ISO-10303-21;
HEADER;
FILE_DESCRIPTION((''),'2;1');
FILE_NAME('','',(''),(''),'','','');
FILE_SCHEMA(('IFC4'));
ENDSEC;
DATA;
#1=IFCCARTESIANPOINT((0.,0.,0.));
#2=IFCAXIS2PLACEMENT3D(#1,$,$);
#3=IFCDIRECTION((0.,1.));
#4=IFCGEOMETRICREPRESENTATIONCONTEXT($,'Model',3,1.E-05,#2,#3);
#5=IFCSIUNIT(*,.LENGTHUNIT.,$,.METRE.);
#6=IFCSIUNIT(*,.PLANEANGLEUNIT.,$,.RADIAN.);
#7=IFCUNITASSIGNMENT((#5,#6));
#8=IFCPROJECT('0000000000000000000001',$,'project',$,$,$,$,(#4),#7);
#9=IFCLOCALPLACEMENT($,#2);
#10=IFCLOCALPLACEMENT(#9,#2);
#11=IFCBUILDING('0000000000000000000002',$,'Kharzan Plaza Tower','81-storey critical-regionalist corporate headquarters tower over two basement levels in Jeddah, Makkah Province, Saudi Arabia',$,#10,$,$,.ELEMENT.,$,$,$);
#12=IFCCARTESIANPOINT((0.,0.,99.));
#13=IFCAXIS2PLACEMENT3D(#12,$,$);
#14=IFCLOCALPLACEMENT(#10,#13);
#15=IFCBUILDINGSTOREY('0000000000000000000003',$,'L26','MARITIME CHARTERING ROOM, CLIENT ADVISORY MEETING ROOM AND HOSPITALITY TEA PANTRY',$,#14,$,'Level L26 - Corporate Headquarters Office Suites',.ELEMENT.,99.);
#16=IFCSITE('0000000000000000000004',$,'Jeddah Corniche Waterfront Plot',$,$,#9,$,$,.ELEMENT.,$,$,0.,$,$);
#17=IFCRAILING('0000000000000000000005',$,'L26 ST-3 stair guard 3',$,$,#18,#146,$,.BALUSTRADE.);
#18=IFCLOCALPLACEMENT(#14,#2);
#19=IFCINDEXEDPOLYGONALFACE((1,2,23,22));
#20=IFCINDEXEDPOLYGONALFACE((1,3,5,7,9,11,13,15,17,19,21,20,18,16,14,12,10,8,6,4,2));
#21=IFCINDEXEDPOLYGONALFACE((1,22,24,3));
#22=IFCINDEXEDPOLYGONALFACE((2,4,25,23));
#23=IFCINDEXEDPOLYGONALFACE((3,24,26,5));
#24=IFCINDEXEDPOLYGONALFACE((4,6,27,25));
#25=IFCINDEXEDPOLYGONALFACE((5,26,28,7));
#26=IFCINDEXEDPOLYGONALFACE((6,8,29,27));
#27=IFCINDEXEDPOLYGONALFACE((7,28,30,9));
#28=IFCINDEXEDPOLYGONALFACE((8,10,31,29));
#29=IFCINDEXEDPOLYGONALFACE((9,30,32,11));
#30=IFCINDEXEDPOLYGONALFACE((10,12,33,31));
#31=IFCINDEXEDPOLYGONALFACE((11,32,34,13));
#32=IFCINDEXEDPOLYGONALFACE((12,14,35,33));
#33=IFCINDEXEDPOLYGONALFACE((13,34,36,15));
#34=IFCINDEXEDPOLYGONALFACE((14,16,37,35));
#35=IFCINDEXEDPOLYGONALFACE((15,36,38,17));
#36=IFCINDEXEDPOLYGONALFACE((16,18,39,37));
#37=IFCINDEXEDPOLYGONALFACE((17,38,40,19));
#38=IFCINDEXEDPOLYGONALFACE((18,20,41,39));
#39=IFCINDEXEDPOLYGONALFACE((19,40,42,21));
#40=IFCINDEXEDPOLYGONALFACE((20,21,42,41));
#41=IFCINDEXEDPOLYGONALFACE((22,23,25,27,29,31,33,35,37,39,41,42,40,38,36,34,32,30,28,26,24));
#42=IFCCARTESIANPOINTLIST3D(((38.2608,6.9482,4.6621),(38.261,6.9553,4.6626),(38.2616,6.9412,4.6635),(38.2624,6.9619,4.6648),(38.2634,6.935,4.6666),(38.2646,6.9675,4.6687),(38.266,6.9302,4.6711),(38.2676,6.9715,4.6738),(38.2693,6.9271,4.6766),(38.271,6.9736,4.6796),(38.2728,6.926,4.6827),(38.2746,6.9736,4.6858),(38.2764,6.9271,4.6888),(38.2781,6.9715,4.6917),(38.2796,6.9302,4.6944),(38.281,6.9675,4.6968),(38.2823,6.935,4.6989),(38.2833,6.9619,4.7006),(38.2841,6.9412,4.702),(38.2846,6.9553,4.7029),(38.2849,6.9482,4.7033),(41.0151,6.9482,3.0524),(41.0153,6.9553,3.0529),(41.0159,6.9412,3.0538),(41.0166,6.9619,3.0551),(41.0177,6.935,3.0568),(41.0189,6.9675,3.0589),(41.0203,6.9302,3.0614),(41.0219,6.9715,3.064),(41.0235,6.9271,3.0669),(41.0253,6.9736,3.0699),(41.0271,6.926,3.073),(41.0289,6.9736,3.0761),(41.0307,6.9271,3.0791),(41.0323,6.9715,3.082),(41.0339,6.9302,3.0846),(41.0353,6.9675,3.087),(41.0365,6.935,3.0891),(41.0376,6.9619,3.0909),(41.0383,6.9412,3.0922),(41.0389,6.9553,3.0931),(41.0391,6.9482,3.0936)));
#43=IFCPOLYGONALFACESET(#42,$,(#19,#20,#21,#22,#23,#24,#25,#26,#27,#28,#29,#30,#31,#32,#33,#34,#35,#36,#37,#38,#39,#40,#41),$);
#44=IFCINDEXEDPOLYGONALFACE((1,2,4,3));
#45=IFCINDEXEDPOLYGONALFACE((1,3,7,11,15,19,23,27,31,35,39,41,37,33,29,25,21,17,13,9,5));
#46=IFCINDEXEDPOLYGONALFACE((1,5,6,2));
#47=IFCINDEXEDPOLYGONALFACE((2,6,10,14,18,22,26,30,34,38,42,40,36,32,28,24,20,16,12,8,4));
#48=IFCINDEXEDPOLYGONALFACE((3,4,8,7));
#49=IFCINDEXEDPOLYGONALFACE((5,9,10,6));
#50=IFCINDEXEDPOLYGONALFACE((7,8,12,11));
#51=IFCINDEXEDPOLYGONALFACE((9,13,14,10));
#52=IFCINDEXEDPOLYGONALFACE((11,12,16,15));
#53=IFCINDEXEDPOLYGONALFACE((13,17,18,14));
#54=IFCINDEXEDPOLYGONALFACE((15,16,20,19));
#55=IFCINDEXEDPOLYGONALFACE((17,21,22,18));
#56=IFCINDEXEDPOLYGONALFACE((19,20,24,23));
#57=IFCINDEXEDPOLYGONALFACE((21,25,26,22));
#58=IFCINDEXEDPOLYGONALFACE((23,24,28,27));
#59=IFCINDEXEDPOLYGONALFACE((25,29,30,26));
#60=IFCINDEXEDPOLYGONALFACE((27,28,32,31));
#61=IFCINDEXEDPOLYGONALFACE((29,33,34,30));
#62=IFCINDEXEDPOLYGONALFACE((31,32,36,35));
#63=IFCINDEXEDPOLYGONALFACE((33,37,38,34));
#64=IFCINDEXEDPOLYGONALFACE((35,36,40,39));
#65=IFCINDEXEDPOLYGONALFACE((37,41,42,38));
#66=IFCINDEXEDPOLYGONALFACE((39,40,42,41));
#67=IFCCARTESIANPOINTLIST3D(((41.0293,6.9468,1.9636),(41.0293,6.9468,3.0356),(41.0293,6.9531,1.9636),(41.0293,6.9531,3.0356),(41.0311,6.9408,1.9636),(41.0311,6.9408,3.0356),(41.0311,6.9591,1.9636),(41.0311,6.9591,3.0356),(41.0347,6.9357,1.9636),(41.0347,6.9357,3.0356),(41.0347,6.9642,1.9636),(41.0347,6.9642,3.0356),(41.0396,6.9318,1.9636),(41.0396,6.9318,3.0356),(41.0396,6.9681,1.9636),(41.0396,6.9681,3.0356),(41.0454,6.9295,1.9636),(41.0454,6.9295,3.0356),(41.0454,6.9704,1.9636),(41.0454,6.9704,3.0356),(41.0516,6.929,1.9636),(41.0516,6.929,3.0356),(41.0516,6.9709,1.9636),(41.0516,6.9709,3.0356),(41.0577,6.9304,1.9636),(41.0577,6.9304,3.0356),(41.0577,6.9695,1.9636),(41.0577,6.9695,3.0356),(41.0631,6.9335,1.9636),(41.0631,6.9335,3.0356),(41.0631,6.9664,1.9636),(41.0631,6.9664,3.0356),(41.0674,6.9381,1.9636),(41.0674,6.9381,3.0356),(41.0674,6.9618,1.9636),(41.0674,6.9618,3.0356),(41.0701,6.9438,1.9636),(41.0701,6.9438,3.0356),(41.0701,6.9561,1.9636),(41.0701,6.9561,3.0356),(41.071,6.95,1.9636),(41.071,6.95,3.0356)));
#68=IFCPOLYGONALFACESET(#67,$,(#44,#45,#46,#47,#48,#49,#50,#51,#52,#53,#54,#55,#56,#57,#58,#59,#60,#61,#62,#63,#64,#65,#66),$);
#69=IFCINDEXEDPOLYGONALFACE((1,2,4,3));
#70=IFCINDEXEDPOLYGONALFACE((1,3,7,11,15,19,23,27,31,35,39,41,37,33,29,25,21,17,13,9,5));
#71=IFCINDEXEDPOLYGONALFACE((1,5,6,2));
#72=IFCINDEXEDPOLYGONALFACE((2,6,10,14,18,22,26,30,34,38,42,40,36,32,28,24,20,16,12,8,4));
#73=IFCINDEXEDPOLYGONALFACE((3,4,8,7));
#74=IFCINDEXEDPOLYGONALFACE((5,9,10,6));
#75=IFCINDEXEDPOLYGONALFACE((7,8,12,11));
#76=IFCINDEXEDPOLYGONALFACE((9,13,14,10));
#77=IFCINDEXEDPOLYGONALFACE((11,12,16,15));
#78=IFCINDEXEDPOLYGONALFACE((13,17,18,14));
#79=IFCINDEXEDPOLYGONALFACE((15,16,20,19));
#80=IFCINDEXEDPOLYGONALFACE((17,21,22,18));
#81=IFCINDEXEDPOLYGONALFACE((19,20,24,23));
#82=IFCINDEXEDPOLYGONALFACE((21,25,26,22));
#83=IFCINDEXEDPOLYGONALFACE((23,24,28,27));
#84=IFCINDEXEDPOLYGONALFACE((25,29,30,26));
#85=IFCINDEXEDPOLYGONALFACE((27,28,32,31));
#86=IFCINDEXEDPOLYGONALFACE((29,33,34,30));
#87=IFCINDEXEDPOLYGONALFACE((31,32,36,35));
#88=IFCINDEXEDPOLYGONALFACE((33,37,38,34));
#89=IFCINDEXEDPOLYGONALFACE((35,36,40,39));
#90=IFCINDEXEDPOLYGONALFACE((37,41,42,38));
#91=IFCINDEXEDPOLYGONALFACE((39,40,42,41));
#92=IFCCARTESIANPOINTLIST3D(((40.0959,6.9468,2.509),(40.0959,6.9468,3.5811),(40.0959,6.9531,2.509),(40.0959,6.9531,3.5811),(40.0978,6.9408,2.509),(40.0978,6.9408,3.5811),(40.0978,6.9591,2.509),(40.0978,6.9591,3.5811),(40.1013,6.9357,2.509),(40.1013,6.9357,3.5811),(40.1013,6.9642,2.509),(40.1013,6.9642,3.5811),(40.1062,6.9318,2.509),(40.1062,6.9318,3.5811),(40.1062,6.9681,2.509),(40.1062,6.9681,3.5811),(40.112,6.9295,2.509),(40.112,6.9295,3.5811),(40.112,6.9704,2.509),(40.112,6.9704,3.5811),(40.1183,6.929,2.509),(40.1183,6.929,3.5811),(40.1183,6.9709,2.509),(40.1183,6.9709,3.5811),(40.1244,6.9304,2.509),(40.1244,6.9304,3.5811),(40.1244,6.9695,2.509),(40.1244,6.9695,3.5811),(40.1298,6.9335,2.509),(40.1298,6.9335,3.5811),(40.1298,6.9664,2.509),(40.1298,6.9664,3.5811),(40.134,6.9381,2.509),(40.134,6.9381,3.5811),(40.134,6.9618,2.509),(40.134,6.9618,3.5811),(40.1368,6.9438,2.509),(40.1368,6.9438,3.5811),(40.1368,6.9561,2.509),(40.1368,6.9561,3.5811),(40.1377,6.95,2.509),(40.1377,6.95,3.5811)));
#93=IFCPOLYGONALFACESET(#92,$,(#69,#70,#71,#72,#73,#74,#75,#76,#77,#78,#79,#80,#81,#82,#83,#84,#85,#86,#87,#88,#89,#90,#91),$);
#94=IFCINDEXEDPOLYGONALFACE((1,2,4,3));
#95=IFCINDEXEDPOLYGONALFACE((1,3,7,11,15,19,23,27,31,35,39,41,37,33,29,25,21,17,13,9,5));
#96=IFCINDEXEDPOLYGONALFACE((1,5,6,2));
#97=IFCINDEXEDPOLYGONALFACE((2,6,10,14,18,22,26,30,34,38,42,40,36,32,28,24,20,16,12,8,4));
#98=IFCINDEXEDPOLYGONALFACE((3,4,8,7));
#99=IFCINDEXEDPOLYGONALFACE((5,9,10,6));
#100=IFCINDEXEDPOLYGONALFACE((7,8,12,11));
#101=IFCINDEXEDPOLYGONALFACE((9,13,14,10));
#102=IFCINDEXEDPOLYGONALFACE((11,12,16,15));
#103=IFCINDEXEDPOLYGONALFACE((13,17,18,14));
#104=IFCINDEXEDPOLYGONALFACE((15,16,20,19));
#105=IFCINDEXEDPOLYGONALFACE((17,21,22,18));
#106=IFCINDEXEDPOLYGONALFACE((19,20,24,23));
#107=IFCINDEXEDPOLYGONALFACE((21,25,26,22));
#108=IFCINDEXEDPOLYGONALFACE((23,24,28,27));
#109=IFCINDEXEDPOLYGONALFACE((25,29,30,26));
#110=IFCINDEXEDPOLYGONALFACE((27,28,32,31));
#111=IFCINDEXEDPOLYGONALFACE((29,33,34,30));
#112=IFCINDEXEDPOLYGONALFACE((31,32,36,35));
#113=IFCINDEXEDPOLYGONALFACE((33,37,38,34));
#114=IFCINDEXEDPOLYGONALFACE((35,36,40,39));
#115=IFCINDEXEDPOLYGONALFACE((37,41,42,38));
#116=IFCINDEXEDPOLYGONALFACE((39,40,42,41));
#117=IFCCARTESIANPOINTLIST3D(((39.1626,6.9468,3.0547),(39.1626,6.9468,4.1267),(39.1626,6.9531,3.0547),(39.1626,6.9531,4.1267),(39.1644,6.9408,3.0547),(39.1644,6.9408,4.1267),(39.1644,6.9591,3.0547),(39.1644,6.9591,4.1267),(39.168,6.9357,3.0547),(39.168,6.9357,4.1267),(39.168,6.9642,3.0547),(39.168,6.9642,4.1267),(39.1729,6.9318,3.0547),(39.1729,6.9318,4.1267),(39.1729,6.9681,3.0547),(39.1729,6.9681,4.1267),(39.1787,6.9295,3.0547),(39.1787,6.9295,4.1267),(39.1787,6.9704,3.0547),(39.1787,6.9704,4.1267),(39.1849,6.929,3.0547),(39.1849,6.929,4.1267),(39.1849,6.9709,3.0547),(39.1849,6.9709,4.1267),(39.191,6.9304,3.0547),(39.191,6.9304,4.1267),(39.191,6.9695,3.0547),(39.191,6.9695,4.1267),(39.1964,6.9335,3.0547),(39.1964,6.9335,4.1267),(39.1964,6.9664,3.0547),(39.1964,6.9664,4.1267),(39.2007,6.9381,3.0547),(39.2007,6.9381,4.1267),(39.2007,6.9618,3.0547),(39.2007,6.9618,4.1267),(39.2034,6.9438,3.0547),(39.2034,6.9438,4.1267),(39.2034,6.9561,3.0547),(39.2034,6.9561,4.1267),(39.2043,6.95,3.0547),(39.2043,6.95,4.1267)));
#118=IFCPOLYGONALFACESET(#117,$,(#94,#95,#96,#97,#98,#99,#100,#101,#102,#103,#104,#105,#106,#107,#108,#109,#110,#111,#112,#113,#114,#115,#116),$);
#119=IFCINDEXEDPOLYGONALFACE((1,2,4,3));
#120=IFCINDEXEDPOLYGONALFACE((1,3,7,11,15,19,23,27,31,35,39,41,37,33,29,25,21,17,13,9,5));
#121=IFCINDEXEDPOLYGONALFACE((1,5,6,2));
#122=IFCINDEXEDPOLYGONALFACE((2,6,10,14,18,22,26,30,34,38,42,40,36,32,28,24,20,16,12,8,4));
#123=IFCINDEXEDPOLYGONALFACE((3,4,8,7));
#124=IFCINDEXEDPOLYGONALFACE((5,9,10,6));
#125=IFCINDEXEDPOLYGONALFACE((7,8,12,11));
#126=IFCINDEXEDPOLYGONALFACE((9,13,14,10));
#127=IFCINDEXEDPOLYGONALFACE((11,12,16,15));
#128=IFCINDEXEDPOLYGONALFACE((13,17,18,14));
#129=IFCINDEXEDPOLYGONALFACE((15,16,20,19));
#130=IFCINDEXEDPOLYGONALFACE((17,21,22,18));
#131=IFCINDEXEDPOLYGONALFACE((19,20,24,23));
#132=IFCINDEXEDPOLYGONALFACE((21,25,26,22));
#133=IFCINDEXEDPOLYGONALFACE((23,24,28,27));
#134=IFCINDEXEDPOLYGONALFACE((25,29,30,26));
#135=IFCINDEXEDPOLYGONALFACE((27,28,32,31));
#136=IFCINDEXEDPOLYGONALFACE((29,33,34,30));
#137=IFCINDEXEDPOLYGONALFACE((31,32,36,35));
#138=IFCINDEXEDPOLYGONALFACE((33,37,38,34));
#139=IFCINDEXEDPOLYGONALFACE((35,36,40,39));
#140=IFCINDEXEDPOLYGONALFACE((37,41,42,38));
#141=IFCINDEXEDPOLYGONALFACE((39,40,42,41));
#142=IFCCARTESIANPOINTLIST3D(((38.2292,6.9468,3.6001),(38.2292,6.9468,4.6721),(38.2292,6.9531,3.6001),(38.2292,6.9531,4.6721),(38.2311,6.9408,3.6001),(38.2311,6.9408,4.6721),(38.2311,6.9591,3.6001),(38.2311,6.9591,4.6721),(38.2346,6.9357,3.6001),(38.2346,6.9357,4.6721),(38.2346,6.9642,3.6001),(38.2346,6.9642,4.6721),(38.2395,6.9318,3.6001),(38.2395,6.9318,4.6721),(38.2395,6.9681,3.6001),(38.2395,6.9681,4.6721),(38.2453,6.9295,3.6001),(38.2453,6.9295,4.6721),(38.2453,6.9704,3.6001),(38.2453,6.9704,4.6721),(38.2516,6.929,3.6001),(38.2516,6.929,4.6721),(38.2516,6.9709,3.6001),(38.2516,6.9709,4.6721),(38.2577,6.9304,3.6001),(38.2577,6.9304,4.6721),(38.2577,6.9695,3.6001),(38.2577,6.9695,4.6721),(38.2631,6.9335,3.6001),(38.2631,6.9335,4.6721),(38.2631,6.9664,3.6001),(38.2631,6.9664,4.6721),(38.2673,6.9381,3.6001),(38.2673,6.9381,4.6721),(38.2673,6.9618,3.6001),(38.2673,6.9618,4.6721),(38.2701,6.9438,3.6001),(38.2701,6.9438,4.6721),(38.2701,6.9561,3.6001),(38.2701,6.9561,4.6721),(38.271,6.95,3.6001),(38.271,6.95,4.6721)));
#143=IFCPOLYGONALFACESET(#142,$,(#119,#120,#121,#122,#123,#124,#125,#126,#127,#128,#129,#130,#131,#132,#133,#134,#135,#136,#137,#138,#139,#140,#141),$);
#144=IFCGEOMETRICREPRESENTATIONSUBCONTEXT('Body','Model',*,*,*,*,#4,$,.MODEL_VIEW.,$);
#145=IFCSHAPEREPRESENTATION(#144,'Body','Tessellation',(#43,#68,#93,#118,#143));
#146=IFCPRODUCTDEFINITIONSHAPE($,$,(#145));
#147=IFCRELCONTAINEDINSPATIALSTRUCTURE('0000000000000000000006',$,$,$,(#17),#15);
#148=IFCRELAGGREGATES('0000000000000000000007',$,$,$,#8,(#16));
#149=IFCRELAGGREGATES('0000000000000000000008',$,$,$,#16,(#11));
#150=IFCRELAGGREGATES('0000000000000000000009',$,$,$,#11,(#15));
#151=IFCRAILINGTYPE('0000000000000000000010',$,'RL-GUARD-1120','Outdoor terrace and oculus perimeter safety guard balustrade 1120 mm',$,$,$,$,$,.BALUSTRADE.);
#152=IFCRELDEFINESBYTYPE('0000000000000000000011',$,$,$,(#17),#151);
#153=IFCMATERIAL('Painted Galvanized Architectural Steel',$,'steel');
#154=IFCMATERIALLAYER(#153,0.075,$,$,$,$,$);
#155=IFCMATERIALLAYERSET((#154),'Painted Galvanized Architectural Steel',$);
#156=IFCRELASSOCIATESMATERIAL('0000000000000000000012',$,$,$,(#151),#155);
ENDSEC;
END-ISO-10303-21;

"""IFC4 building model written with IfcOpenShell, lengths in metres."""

from ifc_helpers import new_model, si_unit, direction, frame, origin, origin_2d, place, context, subcontext, project, spatial, circle, extrude, source, transform, mapped, material, layer, layer_set, type_object, element, save


model = new_model("IFC4")

# Units and contexts
model_context = context("Model", 3, precision=1e-05, world=origin(), true_north=direction((0.0, 1.0)))
body_context = subcontext(model_context, "Body", "Model", "MODEL_VIEW")
ifc_project = project(units=[si_unit("LENGTHUNIT", "METRE"), si_unit("PLANEANGLEUNIT", "RADIAN")], contexts=[model_context])

# Site, building, storey
site_placement = place(None, origin())
site = spatial("IfcSite", under=ifc_project, at=site_placement, Name="Jeddah Corniche Waterfront Plot", CompositionType="ELEMENT", RefElevation=0.0)
building_placement = place(site_placement, origin())
building = spatial("IfcBuilding", under=site, at=building_placement, Name="Kharzan Plaza Tower", Description="81-storey critical-regionalist corporate headquarters tower over two basement levels in Jeddah, Makkah Province, Saudi Arabia", CompositionType="ELEMENT")
storey_placement = place(building_placement, frame((0.0, 0.0, 99.0)))
storey = spatial("IfcBuildingStorey", under=building, at=storey_placement, Name="L26", Description="MARITIME CHARTERING ROOM, CLIENT ADVISORY MEETING ROOM AND HOSPITALITY TEA PANTRY", LongName="Level L26 - Corporate Headquarters Office Suites", CompositionType="ELEMENT", Elevation=99.0)

# Railing
ifc_material_1 = material(Name="Painted Galvanized Architectural Steel", Category="steel")
ifc_layer_1 = layer(ifc_material_1, 0.075)
ifc_layer_set_1 = layer_set([ifc_layer_1], Name="Painted Galvanized Architectural Steel")
railing_type_1 = type_object("IfcRailingType", Name="RL-GUARD-1120", Description="Outdoor terrace and oculus perimeter safety guard balustrade 1120 mm", PredefinedType="BALUSTRADE", material=ifc_layer_set_1)
shared_shape_1 = source(origin(), body_context, "Body", "SweptSolid", [
    extrude(circle(Radius=0.0239, at=origin_2d()), frame((-0.0229, 0.0, 1.1094), z_axis=(-0.863361, 0.0, 0.504587), x_axis=(0.0, -1.0, 0.0)), (0.0, 0.0, 1.0), 3.1902),
    extrude(circle(Radius=0.021, at=origin_2d()), origin(), (0.0, 0.0, 1.0), 1.072),
    extrude(circle(Radius=0.021, at=origin_2d()), frame((-0.9333, 0.0, 0.5454)), (0.0, 0.0, 1.0), 1.072),
    extrude(circle(Radius=0.021, at=origin_2d()), frame((-1.8667, 0.0, 1.0911)), (0.0, 0.0, 1.0), 1.072),
    extrude(circle(Radius=0.021, at=origin_2d()), frame((-2.8, 0.0, 1.6365)), (0.0, 0.0, 1.0), 1.072),
])
railing_1_placement = place(storey_placement, frame((41.05, 6.95, 1.9636)))
element("IfcRailing", 1, at=railing_1_placement, inside=storey, type_object=railing_type_1, Name="L26 ST-3 stair guard 3", PredefinedType="BALUSTRADE", context=body_context, shape_type="MappedRepresentation", body=[
    mapped(shared_shape_1, transform((0.0, 0.0, 0.0), x_axis=(1.0, 0.0, 0.0), y_axis=(0.0, 1.0, 0.0), z_axis=(0.0, 0.0, 1.0))),
])

save(model, "model.ifc")
